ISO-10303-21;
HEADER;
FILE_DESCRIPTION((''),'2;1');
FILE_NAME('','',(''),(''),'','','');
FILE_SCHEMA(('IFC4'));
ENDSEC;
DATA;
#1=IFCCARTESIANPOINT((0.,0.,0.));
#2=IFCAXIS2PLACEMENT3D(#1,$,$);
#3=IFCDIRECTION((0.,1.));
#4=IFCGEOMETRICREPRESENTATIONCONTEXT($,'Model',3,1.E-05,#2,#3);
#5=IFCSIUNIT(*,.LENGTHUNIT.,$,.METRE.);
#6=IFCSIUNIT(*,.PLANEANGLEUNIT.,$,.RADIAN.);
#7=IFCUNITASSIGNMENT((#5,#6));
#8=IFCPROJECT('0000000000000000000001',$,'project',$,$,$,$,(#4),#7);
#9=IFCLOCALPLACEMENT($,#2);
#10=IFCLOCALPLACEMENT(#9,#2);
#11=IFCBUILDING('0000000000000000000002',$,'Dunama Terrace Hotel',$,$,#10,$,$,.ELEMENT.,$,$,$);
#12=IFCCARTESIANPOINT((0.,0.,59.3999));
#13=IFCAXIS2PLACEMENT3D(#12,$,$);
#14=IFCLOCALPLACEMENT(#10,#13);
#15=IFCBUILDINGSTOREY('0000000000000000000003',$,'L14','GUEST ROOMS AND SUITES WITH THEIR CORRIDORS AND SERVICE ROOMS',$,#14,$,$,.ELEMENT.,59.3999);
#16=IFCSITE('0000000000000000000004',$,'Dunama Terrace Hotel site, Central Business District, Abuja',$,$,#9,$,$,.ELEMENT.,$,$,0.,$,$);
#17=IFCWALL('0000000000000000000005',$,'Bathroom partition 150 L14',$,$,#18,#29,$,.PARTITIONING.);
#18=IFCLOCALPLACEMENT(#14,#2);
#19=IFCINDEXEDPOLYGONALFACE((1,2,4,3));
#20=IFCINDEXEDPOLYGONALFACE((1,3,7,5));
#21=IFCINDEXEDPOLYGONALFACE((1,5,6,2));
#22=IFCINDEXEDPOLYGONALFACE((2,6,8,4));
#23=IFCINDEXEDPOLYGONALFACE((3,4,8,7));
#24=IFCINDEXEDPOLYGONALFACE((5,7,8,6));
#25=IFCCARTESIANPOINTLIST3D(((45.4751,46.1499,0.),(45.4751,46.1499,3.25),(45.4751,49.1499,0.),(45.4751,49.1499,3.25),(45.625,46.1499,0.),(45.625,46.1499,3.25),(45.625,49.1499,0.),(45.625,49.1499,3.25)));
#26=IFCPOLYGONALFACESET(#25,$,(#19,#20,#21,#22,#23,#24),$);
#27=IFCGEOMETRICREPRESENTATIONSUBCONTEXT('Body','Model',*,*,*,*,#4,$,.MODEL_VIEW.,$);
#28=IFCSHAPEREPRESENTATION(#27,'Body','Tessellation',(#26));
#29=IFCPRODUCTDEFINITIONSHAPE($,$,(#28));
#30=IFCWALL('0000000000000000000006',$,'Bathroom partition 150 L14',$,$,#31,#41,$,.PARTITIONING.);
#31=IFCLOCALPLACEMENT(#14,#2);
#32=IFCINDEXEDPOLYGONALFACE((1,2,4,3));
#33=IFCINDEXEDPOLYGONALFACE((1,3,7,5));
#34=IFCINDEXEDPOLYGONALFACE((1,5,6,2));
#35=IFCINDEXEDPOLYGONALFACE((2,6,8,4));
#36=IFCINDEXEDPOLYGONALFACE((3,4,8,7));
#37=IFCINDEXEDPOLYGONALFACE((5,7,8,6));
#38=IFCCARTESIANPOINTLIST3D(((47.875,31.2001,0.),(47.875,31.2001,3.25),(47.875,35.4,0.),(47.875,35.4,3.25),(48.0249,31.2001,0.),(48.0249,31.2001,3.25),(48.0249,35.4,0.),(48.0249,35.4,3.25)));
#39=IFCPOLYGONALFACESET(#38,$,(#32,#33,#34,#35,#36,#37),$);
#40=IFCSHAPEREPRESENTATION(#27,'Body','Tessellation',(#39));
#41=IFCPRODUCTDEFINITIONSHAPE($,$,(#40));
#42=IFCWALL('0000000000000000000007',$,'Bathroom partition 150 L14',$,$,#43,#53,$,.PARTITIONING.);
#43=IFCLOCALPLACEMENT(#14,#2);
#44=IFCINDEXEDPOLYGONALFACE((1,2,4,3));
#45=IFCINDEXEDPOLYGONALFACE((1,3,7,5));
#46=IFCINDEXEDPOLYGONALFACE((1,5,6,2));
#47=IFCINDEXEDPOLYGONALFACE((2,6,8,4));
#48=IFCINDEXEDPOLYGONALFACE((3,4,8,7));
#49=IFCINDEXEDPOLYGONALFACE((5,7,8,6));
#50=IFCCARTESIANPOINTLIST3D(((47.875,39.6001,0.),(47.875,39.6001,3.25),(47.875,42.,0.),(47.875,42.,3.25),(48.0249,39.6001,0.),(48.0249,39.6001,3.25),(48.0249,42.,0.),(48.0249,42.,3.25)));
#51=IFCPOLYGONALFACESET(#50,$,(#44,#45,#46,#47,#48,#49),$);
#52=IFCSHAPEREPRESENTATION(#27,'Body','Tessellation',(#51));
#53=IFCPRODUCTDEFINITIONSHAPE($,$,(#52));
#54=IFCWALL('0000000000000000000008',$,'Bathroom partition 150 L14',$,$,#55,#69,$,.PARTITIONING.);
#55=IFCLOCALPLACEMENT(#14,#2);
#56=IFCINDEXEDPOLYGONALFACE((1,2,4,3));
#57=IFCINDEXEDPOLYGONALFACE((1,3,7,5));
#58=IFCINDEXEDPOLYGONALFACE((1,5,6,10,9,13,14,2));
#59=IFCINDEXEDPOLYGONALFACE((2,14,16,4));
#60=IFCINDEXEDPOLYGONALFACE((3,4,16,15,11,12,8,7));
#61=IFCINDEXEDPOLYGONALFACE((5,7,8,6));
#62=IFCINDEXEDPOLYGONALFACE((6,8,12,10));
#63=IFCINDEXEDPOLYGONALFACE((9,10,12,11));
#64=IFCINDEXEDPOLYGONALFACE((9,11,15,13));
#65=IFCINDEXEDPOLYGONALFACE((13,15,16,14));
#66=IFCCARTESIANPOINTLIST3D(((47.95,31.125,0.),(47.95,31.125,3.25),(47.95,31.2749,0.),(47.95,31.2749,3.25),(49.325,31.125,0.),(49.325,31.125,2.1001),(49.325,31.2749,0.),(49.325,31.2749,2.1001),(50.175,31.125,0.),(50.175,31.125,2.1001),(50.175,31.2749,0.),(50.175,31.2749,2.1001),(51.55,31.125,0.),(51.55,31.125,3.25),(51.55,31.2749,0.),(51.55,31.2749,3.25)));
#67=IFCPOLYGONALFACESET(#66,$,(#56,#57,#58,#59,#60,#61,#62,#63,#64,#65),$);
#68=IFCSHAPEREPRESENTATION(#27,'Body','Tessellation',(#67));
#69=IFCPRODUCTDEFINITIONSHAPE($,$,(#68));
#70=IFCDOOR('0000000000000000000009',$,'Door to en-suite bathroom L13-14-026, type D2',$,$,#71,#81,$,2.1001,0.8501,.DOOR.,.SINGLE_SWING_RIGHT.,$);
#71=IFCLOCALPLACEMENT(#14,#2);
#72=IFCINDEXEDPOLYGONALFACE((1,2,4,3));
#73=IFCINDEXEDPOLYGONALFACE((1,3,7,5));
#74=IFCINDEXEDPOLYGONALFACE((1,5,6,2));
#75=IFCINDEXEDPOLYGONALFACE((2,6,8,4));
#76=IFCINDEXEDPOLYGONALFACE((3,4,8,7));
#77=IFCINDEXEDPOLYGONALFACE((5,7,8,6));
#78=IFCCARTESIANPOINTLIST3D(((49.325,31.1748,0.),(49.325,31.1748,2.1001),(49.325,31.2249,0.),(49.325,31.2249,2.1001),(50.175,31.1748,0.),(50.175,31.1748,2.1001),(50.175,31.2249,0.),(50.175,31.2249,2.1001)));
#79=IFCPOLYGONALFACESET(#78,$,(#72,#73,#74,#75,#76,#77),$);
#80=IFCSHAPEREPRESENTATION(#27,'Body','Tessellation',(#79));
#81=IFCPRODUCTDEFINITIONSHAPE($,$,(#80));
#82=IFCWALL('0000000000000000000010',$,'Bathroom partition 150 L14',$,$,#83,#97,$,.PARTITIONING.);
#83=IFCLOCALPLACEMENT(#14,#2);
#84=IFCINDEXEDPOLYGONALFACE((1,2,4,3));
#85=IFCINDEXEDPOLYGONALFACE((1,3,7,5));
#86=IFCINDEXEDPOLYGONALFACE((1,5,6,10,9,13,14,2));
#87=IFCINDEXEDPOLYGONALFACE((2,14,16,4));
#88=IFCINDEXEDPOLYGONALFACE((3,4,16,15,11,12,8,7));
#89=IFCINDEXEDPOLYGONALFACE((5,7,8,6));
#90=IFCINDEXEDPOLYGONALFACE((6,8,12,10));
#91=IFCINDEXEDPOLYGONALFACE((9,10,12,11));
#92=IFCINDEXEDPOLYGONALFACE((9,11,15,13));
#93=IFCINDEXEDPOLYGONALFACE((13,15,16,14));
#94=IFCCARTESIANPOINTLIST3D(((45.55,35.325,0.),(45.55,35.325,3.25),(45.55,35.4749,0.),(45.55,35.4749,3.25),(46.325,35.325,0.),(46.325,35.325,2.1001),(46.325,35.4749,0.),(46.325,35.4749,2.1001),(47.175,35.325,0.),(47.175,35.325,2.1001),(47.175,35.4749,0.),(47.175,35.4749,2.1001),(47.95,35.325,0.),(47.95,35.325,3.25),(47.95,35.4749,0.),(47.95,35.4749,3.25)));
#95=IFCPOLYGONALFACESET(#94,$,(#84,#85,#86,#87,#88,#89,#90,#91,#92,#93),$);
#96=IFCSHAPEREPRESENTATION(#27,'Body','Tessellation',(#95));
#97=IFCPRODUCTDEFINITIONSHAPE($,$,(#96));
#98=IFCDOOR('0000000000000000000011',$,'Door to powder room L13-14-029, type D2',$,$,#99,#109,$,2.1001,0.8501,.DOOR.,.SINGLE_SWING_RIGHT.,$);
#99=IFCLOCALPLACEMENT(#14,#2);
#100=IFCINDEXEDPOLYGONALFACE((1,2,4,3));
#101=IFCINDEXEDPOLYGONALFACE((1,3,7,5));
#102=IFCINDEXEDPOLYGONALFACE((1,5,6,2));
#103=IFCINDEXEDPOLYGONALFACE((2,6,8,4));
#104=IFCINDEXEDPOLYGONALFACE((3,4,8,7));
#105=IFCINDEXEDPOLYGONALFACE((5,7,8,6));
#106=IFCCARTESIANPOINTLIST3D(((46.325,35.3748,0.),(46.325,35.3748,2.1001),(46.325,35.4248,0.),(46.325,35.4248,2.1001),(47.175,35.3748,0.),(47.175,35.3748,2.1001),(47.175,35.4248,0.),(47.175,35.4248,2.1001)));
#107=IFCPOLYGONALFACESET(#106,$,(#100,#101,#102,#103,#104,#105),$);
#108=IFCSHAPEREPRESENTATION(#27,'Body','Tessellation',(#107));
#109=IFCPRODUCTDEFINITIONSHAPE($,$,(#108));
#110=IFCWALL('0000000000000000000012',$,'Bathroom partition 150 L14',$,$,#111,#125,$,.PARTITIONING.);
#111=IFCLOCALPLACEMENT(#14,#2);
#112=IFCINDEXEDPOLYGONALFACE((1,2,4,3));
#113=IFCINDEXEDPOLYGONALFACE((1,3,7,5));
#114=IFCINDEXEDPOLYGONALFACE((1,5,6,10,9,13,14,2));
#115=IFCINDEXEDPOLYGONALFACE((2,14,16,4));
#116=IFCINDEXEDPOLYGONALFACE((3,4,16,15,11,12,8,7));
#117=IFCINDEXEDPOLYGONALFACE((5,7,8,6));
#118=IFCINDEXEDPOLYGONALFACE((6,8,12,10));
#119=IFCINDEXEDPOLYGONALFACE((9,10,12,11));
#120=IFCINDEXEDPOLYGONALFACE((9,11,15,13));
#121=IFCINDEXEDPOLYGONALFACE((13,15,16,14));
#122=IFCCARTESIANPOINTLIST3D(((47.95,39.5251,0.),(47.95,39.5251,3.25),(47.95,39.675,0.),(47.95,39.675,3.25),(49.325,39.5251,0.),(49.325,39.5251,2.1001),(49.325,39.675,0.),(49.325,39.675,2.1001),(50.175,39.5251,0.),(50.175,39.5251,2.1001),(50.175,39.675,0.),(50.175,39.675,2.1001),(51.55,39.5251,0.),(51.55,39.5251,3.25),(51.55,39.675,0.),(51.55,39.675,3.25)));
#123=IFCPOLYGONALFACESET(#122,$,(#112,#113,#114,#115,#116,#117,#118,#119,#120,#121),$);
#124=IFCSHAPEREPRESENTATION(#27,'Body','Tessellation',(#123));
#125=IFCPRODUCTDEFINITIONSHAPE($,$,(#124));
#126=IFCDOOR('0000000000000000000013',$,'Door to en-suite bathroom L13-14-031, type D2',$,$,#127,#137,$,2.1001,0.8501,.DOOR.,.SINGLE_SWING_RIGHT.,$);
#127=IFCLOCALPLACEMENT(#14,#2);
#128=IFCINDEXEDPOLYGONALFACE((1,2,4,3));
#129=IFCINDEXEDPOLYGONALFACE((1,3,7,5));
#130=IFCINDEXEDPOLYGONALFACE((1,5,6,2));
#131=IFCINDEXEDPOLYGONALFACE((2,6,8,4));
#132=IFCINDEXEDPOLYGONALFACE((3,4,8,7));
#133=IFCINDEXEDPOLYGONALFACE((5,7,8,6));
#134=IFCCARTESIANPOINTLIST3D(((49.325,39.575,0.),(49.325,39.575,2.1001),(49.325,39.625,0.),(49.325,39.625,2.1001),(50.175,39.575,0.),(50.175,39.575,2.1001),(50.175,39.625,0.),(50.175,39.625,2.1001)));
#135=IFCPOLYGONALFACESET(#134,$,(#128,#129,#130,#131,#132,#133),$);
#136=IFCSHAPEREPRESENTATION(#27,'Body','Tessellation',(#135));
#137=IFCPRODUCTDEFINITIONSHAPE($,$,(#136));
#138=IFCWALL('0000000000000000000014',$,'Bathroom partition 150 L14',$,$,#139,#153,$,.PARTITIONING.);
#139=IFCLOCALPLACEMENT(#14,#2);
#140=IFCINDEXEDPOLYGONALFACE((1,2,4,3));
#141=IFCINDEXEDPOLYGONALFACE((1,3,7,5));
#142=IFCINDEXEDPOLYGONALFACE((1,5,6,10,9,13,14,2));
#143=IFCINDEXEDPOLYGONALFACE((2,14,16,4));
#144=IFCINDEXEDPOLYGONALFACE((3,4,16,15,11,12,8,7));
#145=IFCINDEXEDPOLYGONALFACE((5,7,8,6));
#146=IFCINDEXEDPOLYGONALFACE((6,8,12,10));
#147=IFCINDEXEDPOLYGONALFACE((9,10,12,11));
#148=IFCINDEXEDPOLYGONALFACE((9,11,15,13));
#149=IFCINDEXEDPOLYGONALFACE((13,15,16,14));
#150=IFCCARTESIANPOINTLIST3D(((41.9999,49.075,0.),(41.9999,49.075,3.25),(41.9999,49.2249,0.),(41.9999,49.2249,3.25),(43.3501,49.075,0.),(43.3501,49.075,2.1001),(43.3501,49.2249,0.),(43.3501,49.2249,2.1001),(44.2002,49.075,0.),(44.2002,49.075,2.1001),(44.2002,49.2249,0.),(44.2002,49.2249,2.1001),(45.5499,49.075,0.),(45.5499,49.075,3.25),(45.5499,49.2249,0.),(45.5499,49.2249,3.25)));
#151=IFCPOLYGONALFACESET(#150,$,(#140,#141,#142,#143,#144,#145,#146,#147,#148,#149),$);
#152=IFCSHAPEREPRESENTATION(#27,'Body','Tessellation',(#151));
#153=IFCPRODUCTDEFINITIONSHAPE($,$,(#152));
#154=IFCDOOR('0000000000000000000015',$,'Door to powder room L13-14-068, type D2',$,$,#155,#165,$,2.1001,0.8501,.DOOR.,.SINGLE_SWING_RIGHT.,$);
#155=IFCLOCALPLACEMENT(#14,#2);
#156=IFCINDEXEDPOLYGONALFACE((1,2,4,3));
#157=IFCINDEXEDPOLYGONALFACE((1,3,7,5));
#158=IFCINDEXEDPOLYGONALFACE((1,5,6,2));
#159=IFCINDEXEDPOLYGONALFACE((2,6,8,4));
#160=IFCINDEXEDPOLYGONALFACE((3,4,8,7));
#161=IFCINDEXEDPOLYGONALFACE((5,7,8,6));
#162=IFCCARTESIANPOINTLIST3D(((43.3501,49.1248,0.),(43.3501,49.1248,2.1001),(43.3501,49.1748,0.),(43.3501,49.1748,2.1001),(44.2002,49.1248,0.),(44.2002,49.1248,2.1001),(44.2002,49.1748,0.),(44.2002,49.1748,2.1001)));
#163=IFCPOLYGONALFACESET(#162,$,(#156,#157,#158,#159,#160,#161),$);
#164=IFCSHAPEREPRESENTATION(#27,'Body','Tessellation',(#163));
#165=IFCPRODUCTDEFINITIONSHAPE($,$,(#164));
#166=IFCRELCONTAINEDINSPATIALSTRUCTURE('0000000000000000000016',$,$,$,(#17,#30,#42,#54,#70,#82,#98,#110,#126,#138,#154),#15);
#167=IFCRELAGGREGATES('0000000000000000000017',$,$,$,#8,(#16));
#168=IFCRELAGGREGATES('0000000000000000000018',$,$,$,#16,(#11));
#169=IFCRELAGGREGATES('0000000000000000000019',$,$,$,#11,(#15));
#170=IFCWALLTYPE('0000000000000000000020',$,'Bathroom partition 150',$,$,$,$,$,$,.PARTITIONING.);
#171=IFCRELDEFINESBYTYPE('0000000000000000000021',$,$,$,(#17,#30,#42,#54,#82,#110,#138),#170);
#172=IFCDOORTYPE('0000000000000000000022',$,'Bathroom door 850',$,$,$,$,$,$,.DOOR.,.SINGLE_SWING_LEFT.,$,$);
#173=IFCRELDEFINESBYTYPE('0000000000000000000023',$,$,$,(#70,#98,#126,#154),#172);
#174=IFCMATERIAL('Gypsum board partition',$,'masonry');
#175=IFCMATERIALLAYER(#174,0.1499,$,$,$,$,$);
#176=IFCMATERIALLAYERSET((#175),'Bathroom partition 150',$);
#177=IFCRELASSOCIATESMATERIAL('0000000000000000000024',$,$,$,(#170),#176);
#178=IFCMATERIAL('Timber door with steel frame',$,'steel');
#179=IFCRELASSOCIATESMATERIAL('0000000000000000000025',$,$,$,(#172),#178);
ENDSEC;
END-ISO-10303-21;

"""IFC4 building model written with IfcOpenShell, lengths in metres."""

from ifc_helpers import new_model, si_unit, direction, frame, frame_2d, origin, place, context, subcontext, project, spatial, rectangle, extrude, material, layer, layer_set, type_object, element, fill, save


model = new_model("IFC4")

# Units and contexts
model_context = context("Model", 3, precision=1e-05, world=origin(), true_north=direction((0.0, 1.0)))
body_context = subcontext(model_context, "Body", "Model", "MODEL_VIEW")
ifc_project = project(units=[si_unit("LENGTHUNIT", "METRE"), si_unit("PLANEANGLEUNIT", "RADIAN")], contexts=[model_context])

# Site, building, storey
site_placement = place(None, origin())
site = spatial("IfcSite", under=ifc_project, at=site_placement, Name="Dunama Terrace Hotel site, Central Business District, Abuja", CompositionType="ELEMENT", RefElevation=0.0)
building_placement = place(site_placement, origin())
building = spatial("IfcBuilding", under=site, at=building_placement, Name="Dunama Terrace Hotel", CompositionType="ELEMENT")
storey_placement = place(building_placement, frame((0.0, 0.0, 59.3999)))
storey = spatial("IfcBuildingStorey", under=building, at=storey_placement, Name="L14", Description="GUEST ROOMS AND SUITES WITH THEIR CORRIDORS AND SERVICE ROOMS", CompositionType="ELEMENT", Elevation=59.3999)

# Walls
ifc_material_1 = material(Name="Gypsum board partition", Category="masonry")
ifc_layer_1 = layer(ifc_material_1, 0.1499)
ifc_layer_set_1 = layer_set([ifc_layer_1], Name="Bathroom partition 150")
wall_type_1 = type_object("IfcWallType", Name="Bathroom partition 150", PredefinedType="PARTITIONING", material=ifc_layer_set_1)
wall_1_placement = place(storey_placement, frame((45.55, 46.1499, 0.0), z_axis=(0.0, 0.0, 1.0), x_axis=(0.0, 1.0, 0.0)))
element("IfcWall", 1, at=wall_1_placement, inside=storey, type_object=wall_type_1, Name="Bathroom partition 150 L14", PredefinedType="PARTITIONING", context=body_context, shape_type="SweptSolid", body=[
    extrude(rectangle(XDim=3.0, YDim=0.1499, at=frame_2d((1.5, 0.0))), origin(), (0.0, 0.0, 1.0), 3.25),
])
wall_2_placement = place(storey_placement, frame((47.95, 31.2, 0.0), z_axis=(0.0, 0.0, 1.0), x_axis=(0.0, 1.0, 0.0)))
element("IfcWall", 2, at=wall_2_placement, inside=storey, type_object=wall_type_1, Name="Bathroom partition 150 L14", PredefinedType="PARTITIONING", context=body_context, shape_type="SweptSolid", body=[
    extrude(rectangle(XDim=4.2, YDim=0.1499, at=frame_2d((2.1001, 0.0))), origin(), (0.0, 0.0, 1.0), 3.25),
])
wall_3_placement = place(storey_placement, frame((47.95, 39.6001, 0.0), z_axis=(0.0, 0.0, 1.0), x_axis=(0.0, 1.0, 0.0)))
element("IfcWall", 3, at=wall_3_placement, inside=storey, type_object=wall_type_1, Name="Bathroom partition 150 L14", PredefinedType="PARTITIONING", context=body_context, shape_type="SweptSolid", body=[
    extrude(rectangle(XDim=2.3999, YDim=0.1499, at=frame_2d((1.2, 0.0))), origin(), (0.0, 0.0, 1.0), 3.25),
])

# Walls, openings, doors
wall_4_placement = place(storey_placement, frame((47.95, 31.2, 0.0), z_axis=(0.0, 0.0, 1.0), x_axis=(1.0, 0.0, 0.0)))
wall_4 = element("IfcWall", 4, at=wall_4_placement, inside=storey, type_object=wall_type_1, Name="Bathroom partition 150 L14", PredefinedType="PARTITIONING", context=body_context, shape_type="SweptSolid", body=[
    extrude(rectangle(XDim=3.6001, YDim=0.1499, at=frame_2d((1.8, 0.0))), origin(), (0.0, 0.0, 1.0), 3.25),
])
opening_1_placement = place(wall_4_placement, frame((1.375, 0.0, 0.0)))
opening_1 = element("IfcOpeningElement", 5, at=opening_1_placement, cuts=wall_4, PredefinedType="OPENING", context=body_context, shape_type="SweptSolid", body=[
    extrude(rectangle(XDim=0.8501, YDim=2.1001, at=frame_2d((0.425, 1.05))), frame((0.0, 0.085, 0.0), z_axis=(0.0, -1.0, 0.0), x_axis=(1.0, 0.0, 0.0)), (0.0, 0.0, 1.0), 0.1699),
])
ifc_material_2 = material(Name="Timber door with steel frame", Category="steel")
door_type_1 = type_object("IfcDoorType", Name="Bathroom door 850", OperationType="SINGLE_SWING_LEFT", PredefinedType="DOOR", material=ifc_material_2)
door_1_placement = place(opening_1_placement, origin())
door_1 = element("IfcDoor", 6, at=door_1_placement, inside=storey, type_object=door_type_1, Name="Door to en-suite bathroom L13-14-026, type D2", OperationType="SINGLE_SWING_RIGHT", OverallHeight=2.1001, OverallWidth=0.8501, PredefinedType="DOOR", context=body_context, shape_type="SweptSolid", body=[
    extrude(rectangle(XDim=0.8501, YDim=2.1001, at=frame_2d((0.425, 1.05))), frame((0.0, 0.0249, 0.0), z_axis=(0.0, -1.0, 0.0), x_axis=(1.0, 0.0, 0.0)), (0.0, 0.0, 1.0), 0.05),
])
fill(opening_1, door_1)
wall_5_placement = place(storey_placement, frame((45.55, 35.3999, 0.0), z_axis=(0.0, 0.0, 1.0), x_axis=(1.0, 0.0, 0.0)))
wall_5 = element("IfcWall", 7, at=wall_5_placement, inside=storey, type_object=wall_type_1, Name="Bathroom partition 150 L14", PredefinedType="PARTITIONING", context=body_context, shape_type="SweptSolid", body=[
    extrude(rectangle(XDim=2.3999, YDim=0.1499, at=frame_2d((1.2, 0.0))), origin(), (0.0, 0.0, 1.0), 3.25),
])
opening_2_placement = place(wall_5_placement, frame((0.7749, 0.0, 0.0)))
opening_2 = element("IfcOpeningElement", 8, at=opening_2_placement, cuts=wall_5, PredefinedType="OPENING", context=body_context, shape_type="SweptSolid", body=[
    extrude(rectangle(XDim=0.8501, YDim=2.1001, at=frame_2d((0.425, 1.05))), frame((0.0, 0.085, 0.0), z_axis=(0.0, -1.0, 0.0), x_axis=(1.0, 0.0, 0.0)), (0.0, 0.0, 1.0), 0.1699),
])
door_2_placement = place(opening_2_placement, frame((0.8501, 0.0, 0.0), z_axis=(0.0, 0.0, 1.0), x_axis=(-1.0, 0.0, 0.0)))
door_2 = element("IfcDoor", 9, at=door_2_placement, inside=storey, type_object=door_type_1, Name="Door to powder room L13-14-029, type D2", OperationType="SINGLE_SWING_RIGHT", OverallHeight=2.1001, OverallWidth=0.8501, PredefinedType="DOOR", context=body_context, shape_type="SweptSolid", body=[
    extrude(rectangle(XDim=0.8501, YDim=2.1001, at=frame_2d((0.425, 1.05))), frame((0.0, 0.0251, 0.0), z_axis=(0.0, -1.0, 0.0), x_axis=(1.0, 0.0, 0.0)), (0.0, 0.0, 1.0), 0.05),
])
fill(opening_2, door_2)
wall_6_placement = place(storey_placement, frame((47.95, 39.6001, 0.0), z_axis=(0.0, 0.0, 1.0), x_axis=(1.0, 0.0, 0.0)))
wall_6 = element("IfcWall", 10, at=wall_6_placement, inside=storey, type_object=wall_type_1, Name="Bathroom partition 150 L14", PredefinedType="PARTITIONING", context=body_context, shape_type="SweptSolid", body=[
    extrude(rectangle(XDim=3.6001, YDim=0.1499, at=frame_2d((1.8, 0.0))), origin(), (0.0, 0.0, 1.0), 3.25),
])
opening_3_placement = place(wall_6_placement, frame((1.375, 0.0, 0.0)))
opening_3 = element("IfcOpeningElement", 11, at=opening_3_placement, cuts=wall_6, PredefinedType="OPENING", context=body_context, shape_type="SweptSolid", body=[
    extrude(rectangle(XDim=0.8501, YDim=2.1001, at=frame_2d((0.425, 1.05))), frame((0.0, 0.085, 0.0), z_axis=(0.0, -1.0, 0.0), x_axis=(1.0, 0.0, 0.0)), (0.0, 0.0, 1.0), 0.1699),
])
door_3_placement = place(opening_3_placement, origin())
door_3 = element("IfcDoor", 12, at=door_3_placement, inside=storey, type_object=door_type_1, Name="Door to en-suite bathroom L13-14-031, type D2", OperationType="SINGLE_SWING_RIGHT", OverallHeight=2.1001, OverallWidth=0.8501, PredefinedType="DOOR", context=body_context, shape_type="SweptSolid", body=[
    extrude(rectangle(XDim=0.8501, YDim=2.1001, at=frame_2d((0.425, 1.05))), frame((0.0, 0.0249, 0.0), z_axis=(0.0, -1.0, 0.0), x_axis=(1.0, 0.0, 0.0)), (0.0, 0.0, 1.0), 0.05),
])
fill(opening_3, door_3)
wall_7_placement = place(storey_placement, frame((42.0, 49.1499, 0.0), z_axis=(0.0, 0.0, 1.0), x_axis=(1.0, 0.0, 0.0)))
wall_7 = element("IfcWall", 13, at=wall_7_placement, inside=storey, type_object=wall_type_1, Name="Bathroom partition 150 L14", PredefinedType="PARTITIONING", context=body_context, shape_type="SweptSolid", body=[
    extrude(rectangle(XDim=3.55, YDim=0.1499, at=frame_2d((1.7749, 0.0))), origin(), (0.0, 0.0, 1.0), 3.25),
])
opening_4_placement = place(wall_7_placement, frame((1.3501, 0.0, 0.0)))
opening_4 = element("IfcOpeningElement", 14, at=opening_4_placement, cuts=wall_7, PredefinedType="OPENING", context=body_context, shape_type="SweptSolid", body=[
    extrude(rectangle(XDim=0.8501, YDim=2.1001, at=frame_2d((0.425, 1.05))), frame((0.0, 0.085, 0.0), z_axis=(0.0, -1.0, 0.0), x_axis=(1.0, 0.0, 0.0)), (0.0, 0.0, 1.0), 0.1699),
])
door_4_placement = place(opening_4_placement, frame((0.8501, 0.0, 0.0), z_axis=(0.0, 0.0, 1.0), x_axis=(-1.0, 0.0, 0.0)))
door_4 = element("IfcDoor", 15, at=door_4_placement, inside=storey, type_object=door_type_1, Name="Door to powder room L13-14-068, type D2", OperationType="SINGLE_SWING_RIGHT", OverallHeight=2.1001, OverallWidth=0.8501, PredefinedType="DOOR", context=body_context, shape_type="SweptSolid", body=[
    extrude(rectangle(XDim=0.8501, YDim=2.1001, at=frame_2d((0.425, 1.05))), frame((0.0, 0.0251, 0.0), z_axis=(0.0, -1.0, 0.0), x_axis=(1.0, 0.0, 0.0)), (0.0, 0.0, 1.0), 0.05),
])
fill(opening_4, door_4)

save(model, "model.ifc")
